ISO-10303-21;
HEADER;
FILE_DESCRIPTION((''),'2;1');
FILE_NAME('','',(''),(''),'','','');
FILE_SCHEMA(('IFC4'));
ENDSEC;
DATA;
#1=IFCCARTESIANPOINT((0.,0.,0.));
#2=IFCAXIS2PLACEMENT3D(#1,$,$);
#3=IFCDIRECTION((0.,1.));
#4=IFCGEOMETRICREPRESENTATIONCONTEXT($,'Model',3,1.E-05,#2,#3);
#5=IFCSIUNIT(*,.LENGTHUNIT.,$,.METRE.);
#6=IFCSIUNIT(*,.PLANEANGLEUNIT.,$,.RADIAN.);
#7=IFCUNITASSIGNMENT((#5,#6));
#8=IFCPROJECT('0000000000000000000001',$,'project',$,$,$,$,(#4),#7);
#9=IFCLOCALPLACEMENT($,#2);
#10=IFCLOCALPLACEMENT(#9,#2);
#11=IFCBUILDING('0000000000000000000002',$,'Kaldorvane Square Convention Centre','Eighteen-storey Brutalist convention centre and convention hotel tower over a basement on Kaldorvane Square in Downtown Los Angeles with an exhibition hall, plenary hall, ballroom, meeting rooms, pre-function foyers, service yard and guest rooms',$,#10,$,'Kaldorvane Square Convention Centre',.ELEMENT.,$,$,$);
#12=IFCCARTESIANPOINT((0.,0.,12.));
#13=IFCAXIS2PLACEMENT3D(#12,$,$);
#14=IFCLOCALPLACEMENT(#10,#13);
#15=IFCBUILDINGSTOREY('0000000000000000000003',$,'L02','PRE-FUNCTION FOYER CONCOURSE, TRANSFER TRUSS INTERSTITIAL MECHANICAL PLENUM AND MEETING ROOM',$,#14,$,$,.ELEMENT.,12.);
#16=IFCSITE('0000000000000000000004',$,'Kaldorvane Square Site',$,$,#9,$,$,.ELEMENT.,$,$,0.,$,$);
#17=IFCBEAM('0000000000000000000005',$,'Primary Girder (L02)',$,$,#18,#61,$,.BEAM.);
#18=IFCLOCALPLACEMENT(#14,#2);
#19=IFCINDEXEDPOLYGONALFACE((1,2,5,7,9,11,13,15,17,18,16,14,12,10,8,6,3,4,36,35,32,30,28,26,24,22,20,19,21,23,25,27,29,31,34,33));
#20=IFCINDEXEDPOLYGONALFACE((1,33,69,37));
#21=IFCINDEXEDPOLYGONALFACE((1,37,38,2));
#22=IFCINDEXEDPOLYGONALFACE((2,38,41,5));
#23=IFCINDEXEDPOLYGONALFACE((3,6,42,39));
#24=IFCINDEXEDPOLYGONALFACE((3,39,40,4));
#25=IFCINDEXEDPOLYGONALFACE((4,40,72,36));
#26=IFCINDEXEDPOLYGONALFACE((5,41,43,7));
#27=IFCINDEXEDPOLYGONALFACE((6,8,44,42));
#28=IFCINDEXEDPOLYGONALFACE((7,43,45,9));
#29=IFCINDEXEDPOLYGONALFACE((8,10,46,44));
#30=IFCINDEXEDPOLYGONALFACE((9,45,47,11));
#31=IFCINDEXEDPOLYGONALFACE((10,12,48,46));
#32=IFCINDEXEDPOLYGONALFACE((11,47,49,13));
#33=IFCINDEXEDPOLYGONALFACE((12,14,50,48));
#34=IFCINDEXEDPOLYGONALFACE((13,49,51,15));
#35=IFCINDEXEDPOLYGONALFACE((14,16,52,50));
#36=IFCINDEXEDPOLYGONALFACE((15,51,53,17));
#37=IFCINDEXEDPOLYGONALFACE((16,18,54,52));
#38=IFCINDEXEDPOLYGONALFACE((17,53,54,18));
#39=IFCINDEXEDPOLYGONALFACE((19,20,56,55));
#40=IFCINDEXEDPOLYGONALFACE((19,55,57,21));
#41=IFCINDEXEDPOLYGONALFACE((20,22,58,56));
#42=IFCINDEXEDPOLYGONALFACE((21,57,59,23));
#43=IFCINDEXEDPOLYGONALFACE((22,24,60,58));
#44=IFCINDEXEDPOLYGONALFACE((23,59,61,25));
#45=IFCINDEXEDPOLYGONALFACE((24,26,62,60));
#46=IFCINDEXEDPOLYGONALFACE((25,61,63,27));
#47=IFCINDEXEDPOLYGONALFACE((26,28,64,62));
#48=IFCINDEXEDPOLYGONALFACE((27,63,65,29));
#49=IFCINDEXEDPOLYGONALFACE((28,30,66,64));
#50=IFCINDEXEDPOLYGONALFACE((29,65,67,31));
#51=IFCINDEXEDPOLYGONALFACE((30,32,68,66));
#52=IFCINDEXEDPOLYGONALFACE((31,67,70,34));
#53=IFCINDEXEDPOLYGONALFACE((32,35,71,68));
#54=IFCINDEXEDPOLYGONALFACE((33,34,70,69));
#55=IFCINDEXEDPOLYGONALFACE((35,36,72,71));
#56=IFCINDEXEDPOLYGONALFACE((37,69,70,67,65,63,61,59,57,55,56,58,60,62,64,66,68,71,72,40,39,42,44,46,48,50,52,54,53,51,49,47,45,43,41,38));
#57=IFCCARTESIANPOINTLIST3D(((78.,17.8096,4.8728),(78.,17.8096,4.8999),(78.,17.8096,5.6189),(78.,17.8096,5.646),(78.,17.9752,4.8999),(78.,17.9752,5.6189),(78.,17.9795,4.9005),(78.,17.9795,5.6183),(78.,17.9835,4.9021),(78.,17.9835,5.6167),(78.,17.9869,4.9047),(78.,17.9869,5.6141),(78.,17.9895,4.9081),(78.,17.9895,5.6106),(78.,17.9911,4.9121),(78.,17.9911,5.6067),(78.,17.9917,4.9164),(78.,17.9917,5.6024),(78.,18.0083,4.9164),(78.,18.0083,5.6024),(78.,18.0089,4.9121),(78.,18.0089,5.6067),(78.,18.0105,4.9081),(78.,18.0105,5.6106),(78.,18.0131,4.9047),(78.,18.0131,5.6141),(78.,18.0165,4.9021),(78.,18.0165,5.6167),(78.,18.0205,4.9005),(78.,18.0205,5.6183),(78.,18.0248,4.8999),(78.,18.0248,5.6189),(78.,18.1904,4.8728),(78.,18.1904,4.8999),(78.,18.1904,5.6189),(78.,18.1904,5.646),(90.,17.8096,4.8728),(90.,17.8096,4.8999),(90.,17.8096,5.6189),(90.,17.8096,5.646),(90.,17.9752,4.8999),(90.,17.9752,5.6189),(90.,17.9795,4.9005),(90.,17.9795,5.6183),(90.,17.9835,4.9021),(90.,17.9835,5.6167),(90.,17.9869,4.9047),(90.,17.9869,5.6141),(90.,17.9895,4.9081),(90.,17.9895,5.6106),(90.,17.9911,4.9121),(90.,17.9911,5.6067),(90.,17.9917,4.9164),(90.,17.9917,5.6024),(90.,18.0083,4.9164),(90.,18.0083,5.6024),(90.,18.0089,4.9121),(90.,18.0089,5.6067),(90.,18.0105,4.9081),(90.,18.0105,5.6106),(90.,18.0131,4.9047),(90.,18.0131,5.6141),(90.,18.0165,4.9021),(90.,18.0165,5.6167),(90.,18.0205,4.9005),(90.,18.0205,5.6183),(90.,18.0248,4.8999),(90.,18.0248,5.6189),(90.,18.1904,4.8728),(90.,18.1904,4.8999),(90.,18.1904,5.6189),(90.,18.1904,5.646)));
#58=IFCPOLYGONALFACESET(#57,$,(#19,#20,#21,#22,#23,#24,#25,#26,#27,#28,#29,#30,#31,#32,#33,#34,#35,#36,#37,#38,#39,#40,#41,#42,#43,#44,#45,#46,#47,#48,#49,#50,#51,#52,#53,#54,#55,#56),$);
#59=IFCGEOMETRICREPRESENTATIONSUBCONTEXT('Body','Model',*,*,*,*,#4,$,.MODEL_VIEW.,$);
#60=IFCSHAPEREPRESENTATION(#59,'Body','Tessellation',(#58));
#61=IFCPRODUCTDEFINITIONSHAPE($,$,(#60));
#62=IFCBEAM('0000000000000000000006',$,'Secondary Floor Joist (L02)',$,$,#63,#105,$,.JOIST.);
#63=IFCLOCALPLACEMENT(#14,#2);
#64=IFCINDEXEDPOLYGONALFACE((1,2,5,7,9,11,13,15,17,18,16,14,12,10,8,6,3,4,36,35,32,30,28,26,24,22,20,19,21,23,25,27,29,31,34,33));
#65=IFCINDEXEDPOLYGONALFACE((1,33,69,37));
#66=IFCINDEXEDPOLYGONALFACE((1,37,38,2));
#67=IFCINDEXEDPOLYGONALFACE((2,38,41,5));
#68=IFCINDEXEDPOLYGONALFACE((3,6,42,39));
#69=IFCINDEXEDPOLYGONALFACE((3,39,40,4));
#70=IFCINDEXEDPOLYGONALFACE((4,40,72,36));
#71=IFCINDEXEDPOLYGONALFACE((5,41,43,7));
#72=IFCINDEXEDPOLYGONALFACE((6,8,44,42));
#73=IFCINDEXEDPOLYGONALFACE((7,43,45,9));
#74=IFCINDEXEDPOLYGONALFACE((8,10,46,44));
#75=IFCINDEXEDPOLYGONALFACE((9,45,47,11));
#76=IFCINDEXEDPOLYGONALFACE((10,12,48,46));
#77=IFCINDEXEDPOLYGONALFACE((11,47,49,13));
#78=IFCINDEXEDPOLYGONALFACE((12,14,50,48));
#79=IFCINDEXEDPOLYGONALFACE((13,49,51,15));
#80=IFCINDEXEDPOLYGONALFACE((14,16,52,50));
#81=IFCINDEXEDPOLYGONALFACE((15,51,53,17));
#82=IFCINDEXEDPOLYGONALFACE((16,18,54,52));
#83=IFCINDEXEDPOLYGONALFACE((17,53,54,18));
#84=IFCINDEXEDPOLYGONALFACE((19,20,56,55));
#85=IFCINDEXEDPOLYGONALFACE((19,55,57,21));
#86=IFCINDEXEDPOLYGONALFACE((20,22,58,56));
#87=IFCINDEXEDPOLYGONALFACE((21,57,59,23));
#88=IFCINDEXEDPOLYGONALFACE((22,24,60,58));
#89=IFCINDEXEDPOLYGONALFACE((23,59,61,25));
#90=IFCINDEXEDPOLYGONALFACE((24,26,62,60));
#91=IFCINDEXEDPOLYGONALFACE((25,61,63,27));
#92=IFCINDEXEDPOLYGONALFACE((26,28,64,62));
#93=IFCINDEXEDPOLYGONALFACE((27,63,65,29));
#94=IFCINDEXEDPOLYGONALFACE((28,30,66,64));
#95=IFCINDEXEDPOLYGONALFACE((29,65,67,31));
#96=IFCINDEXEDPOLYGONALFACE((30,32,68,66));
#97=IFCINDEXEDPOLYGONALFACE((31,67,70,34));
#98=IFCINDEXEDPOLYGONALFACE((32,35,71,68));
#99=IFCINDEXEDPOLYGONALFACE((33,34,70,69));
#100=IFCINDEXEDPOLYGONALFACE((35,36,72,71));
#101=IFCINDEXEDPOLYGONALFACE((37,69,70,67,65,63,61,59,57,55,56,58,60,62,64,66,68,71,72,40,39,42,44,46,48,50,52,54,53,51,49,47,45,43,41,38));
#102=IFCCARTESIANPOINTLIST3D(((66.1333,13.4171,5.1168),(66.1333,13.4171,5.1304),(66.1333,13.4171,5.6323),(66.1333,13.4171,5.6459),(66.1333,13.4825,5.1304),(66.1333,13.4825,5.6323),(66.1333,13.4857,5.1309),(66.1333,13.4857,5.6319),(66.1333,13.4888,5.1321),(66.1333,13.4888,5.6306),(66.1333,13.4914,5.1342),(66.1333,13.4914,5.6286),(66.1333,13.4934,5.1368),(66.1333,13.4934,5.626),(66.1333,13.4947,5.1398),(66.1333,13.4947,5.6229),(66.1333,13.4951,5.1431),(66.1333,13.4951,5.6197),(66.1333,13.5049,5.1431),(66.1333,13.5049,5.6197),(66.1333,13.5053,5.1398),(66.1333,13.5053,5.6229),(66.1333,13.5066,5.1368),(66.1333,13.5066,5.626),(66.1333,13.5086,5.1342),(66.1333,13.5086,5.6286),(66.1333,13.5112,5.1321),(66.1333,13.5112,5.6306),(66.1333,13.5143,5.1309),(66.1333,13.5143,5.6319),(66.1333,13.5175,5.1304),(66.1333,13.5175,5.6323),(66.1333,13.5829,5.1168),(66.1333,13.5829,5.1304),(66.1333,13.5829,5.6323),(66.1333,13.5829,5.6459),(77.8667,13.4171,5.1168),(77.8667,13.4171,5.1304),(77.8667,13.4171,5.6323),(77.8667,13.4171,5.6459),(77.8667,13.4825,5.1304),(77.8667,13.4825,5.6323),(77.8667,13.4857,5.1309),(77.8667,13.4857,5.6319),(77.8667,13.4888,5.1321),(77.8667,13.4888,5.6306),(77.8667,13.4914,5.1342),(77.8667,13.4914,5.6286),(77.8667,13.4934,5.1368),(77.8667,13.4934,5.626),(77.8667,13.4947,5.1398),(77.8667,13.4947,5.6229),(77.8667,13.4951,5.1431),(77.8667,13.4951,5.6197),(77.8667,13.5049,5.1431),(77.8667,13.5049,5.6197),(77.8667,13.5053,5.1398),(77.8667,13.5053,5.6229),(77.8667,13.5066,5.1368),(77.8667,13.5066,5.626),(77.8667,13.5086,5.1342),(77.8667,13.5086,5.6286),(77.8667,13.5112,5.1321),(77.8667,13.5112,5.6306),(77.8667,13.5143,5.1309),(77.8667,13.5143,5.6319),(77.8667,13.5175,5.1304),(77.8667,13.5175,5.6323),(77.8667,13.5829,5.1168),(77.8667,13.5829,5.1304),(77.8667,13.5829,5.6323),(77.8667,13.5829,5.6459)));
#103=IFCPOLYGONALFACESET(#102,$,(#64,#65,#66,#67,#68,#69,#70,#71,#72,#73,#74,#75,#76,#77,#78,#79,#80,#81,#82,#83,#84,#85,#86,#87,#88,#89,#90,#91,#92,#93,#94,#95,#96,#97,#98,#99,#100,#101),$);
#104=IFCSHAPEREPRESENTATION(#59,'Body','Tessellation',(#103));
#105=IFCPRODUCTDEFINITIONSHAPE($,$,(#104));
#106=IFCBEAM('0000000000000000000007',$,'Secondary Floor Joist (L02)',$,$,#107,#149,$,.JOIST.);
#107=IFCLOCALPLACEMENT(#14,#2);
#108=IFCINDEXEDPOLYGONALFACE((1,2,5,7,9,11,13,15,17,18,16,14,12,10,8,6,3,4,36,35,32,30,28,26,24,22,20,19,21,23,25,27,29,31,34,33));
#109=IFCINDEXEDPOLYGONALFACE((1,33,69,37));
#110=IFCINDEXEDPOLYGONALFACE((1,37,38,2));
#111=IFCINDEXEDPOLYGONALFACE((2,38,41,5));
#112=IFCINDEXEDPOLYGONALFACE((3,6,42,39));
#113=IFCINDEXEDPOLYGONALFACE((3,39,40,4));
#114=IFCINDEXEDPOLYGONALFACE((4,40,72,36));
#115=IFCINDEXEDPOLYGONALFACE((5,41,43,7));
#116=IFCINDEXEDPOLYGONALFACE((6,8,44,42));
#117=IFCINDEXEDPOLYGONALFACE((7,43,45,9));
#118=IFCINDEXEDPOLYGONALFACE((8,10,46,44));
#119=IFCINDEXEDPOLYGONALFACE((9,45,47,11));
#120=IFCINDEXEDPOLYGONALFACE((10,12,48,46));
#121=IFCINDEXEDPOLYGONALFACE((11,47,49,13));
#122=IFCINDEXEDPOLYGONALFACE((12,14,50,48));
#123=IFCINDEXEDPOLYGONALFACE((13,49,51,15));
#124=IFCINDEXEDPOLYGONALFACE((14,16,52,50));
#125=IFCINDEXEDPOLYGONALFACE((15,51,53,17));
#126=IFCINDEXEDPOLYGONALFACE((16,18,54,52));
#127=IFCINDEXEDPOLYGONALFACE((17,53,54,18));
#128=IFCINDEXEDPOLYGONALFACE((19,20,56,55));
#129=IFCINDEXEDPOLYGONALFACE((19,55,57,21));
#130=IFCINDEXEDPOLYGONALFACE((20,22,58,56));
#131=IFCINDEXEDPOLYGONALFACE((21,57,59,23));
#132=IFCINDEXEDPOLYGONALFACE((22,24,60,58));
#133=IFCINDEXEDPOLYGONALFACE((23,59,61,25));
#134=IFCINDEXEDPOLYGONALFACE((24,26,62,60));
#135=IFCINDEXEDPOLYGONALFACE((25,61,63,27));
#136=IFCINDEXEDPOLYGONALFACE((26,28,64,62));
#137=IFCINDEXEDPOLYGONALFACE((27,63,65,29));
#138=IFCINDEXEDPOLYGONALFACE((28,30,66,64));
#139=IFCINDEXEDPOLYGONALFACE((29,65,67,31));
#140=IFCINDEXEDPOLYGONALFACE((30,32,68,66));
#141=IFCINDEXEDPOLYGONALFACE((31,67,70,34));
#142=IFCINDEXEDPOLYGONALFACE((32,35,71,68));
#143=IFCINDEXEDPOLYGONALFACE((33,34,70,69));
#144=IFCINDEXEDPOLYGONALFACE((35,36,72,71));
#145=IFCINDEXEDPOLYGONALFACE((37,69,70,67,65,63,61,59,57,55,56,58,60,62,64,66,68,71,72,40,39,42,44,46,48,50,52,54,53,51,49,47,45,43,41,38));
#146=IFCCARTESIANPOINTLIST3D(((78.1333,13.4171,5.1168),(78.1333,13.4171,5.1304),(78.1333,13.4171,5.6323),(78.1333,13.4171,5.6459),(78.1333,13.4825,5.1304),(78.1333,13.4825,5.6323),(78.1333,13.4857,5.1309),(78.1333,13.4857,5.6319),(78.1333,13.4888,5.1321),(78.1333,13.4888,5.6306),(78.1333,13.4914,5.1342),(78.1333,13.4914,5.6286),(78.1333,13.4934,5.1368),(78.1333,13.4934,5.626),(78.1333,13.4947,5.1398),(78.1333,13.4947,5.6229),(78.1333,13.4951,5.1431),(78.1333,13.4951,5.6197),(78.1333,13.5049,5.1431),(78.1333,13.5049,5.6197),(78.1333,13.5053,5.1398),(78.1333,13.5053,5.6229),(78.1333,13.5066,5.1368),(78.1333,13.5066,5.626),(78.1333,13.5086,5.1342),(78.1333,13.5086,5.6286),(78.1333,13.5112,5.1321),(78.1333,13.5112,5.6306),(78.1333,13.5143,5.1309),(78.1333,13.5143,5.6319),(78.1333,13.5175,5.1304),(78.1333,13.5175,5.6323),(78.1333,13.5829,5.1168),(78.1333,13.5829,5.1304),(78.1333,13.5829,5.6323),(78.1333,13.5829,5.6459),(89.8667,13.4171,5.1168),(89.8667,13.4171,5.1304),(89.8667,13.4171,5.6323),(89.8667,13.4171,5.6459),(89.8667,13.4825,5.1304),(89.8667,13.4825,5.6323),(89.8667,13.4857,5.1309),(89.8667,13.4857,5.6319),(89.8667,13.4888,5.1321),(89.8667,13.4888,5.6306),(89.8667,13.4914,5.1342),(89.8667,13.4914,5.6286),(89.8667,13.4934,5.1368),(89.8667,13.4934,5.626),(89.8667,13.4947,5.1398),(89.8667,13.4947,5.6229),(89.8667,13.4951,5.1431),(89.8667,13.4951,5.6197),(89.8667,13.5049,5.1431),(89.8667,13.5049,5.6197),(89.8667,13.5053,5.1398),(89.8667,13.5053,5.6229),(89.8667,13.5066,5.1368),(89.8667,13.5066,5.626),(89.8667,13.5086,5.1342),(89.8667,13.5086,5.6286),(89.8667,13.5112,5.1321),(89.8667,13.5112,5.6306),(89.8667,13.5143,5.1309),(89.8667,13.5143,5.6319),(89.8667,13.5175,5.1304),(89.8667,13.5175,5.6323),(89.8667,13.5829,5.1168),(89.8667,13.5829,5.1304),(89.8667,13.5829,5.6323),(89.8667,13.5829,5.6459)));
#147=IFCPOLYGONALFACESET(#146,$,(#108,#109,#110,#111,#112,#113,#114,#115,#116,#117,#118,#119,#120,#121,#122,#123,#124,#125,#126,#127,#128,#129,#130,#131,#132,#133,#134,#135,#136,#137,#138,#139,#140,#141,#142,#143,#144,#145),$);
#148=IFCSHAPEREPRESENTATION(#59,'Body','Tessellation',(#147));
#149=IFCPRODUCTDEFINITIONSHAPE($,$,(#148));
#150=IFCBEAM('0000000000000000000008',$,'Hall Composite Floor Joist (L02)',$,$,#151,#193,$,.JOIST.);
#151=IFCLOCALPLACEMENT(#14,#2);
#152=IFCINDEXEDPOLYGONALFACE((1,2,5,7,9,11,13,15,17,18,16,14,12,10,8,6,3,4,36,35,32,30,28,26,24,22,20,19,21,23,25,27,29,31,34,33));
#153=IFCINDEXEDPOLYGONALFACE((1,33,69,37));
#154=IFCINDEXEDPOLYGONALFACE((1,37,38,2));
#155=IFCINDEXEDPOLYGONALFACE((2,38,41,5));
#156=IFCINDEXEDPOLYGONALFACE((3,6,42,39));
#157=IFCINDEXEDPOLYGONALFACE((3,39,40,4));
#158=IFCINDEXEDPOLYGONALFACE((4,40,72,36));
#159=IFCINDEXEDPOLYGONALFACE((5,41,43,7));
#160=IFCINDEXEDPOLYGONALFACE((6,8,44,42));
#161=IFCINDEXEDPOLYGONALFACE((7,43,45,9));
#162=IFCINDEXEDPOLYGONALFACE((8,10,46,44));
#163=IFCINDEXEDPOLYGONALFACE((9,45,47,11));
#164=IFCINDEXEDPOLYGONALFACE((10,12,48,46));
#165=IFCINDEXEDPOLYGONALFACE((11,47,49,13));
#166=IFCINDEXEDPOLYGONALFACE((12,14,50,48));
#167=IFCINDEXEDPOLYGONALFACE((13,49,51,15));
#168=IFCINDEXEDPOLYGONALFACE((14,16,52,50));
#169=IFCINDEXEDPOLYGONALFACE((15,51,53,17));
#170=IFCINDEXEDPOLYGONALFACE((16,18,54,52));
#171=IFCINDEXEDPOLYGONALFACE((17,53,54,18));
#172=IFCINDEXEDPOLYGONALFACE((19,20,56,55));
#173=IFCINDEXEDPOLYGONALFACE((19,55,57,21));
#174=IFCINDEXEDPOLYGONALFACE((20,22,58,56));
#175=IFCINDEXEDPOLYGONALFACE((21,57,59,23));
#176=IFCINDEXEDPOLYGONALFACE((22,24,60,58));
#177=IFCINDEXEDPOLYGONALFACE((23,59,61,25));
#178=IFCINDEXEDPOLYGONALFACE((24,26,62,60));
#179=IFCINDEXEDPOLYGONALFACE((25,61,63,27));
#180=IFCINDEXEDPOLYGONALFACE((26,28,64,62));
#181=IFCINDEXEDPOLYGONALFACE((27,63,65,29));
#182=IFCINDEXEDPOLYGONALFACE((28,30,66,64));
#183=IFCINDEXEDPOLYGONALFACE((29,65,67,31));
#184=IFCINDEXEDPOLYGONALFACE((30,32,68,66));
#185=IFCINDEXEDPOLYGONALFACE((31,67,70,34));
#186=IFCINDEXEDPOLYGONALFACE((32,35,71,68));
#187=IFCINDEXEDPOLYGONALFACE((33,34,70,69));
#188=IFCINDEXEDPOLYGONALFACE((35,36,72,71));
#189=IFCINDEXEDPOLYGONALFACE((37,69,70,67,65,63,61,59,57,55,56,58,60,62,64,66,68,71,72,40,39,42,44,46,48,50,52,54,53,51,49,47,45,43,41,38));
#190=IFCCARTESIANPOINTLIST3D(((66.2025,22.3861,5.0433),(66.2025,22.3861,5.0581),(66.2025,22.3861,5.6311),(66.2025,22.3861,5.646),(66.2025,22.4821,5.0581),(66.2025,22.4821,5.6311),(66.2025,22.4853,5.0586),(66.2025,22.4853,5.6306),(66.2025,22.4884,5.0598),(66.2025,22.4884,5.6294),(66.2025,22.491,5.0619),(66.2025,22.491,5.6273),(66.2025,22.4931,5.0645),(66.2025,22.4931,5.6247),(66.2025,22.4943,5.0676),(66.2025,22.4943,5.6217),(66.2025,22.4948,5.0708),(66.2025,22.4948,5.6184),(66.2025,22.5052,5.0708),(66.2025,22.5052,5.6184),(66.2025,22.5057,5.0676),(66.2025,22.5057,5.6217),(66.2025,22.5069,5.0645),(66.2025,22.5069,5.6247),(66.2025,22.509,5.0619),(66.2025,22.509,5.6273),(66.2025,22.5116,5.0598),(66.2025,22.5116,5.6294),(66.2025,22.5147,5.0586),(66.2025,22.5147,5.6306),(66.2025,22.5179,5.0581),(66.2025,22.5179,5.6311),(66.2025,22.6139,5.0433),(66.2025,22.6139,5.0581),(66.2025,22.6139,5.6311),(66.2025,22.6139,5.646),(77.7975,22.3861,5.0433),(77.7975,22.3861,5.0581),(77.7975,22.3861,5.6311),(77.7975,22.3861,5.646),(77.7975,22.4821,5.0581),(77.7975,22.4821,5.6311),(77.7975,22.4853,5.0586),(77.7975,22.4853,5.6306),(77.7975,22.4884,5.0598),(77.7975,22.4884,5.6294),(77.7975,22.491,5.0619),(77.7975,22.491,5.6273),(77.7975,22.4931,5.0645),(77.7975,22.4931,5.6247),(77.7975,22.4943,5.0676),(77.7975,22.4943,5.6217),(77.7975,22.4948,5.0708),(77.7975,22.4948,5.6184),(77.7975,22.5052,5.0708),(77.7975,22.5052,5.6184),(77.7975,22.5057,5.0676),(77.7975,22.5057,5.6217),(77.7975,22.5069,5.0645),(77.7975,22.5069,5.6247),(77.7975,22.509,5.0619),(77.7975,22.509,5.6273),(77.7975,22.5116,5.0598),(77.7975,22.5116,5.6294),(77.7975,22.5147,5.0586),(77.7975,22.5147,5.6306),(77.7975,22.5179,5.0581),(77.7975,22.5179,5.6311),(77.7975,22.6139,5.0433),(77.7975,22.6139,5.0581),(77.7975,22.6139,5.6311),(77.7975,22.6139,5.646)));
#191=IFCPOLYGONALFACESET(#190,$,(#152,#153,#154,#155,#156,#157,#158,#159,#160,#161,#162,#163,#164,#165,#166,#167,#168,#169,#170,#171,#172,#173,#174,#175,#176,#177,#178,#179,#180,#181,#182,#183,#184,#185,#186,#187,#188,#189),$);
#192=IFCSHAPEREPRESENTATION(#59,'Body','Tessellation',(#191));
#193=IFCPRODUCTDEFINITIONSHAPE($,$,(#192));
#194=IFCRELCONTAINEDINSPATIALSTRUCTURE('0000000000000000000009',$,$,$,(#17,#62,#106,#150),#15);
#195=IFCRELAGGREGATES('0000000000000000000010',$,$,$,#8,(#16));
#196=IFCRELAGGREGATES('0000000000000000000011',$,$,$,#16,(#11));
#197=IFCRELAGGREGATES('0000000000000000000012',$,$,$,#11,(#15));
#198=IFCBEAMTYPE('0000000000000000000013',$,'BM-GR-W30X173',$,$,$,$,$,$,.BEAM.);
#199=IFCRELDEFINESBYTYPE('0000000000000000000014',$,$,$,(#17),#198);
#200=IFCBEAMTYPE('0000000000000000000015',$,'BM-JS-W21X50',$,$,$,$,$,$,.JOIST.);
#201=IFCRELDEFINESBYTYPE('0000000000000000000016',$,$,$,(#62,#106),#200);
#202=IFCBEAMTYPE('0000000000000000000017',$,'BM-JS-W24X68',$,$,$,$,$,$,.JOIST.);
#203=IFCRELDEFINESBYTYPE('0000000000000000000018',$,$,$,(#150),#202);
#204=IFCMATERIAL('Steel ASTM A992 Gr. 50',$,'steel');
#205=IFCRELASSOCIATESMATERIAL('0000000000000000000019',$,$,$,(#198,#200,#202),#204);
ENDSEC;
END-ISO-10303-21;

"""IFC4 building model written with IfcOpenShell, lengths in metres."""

from ifc_helpers import new_model, si_unit, direction, frame, origin, origin_2d, place, context, subcontext, project, spatial, i_section, extrude, material, material_profile, profile_set, type_object, element, save


model = new_model("IFC4")

# Units and contexts
model_context = context("Model", 3, precision=1e-05, world=origin(), true_north=direction((0.0, 1.0)))
body_context = subcontext(model_context, "Body", "Model", "MODEL_VIEW")
ifc_project = project(units=[si_unit("LENGTHUNIT", "METRE"), si_unit("PLANEANGLEUNIT", "RADIAN")], contexts=[model_context])

# Site, building, storey
site_placement = place(None, origin())
site = spatial("IfcSite", under=ifc_project, at=site_placement, Name="Kaldorvane Square Site", CompositionType="ELEMENT", RefElevation=0.0)
building_placement = place(site_placement, origin())
building = spatial("IfcBuilding", under=site, at=building_placement, Name="Kaldorvane Square Convention Centre", Description="Eighteen-storey Brutalist convention centre and convention hotel tower over a basement on Kaldorvane Square in Downtown Los Angeles with an exhibition hall, plenary hall, ballroom, meeting rooms, pre-function foyers, service yard and guest rooms", LongName="Kaldorvane Square Convention Centre", CompositionType="ELEMENT")
storey_placement = place(building_placement, frame((0.0, 0.0, 12.0)))
storey = spatial("IfcBuildingStorey", under=building, at=storey_placement, Name="L02", Description="PRE-FUNCTION FOYER CONCOURSE, TRANSFER TRUSS INTERSTITIAL MECHANICAL PLENUM AND MEETING ROOM", CompositionType="ELEMENT", Elevation=12.0)

# Shared definitions
ifc_material_1 = material(Name="Steel ASTM A992 Gr. 50", Category="steel")

# Beams
ifc_material_profile_1 = material_profile(ifc_material_1, i_section(OverallWidth=0.3807, OverallDepth=0.7732, WebThickness=0.0166, FlangeThickness=0.0271, FilletRadius=0.0165, at=origin_2d()), Name="W30X173")
ifc_profile_set_1 = profile_set([ifc_material_profile_1], Name="Steel ASTM A992 Gr. 50")
beam_type_1 = type_object("IfcBeamType", Name="BM-GR-W30X173", PredefinedType="BEAM", material=ifc_profile_set_1)
for number, where, z_axis, x_axis, name in (
    (1, (78.0, 18.0, 5.2594), (1.0, 0.0, 0.0), (0.0, 1.0, 0.0), "Primary Girder (L02)"),
):
    element("IfcBeam", number, at=place(storey_placement, frame(where, z_axis=z_axis, x_axis=x_axis)), inside=storey, type_object=beam_type_1, Name=name, PredefinedType="BEAM", context=body_context, shape_type="SweptSolid", body=[
        extrude(i_section(OverallWidth=0.3807, OverallDepth=0.7732, WebThickness=0.0166, FlangeThickness=0.0271, FilletRadius=0.0165, at=origin_2d()), origin(), (0.0, 0.0, 1.0), 12.0),
    ])
ifc_material_profile_2 = material_profile(ifc_material_1, i_section(OverallWidth=0.1659, OverallDepth=0.5291, WebThickness=0.0097, FlangeThickness=0.0136, FilletRadius=0.0127, at=origin_2d()), Name="W21X50")
ifc_profile_set_2 = profile_set([ifc_material_profile_2], Name="Steel ASTM A992 Gr. 50")
beam_type_2 = type_object("IfcBeamType", Name="BM-JS-W21X50", PredefinedType="JOIST", material=ifc_profile_set_2)
for number, where, z_axis, x_axis, name in (
    (2, (66.1333, 13.5, 5.3814), (1.0, 0.0, 0.0), (0.0, 1.0, 0.0), "Secondary Floor Joist (L02)"),
    (3, (78.1333, 13.5, 5.3814), (1.0, 0.0, 0.0), (0.0, 1.0, 0.0), "Secondary Floor Joist (L02)"),
):
    element("IfcBeam", number, at=place(storey_placement, frame(where, z_axis=z_axis, x_axis=x_axis)), inside=storey, type_object=beam_type_2, Name=name, PredefinedType="JOIST", context=body_context, shape_type="SweptSolid", body=[
        extrude(i_section(OverallWidth=0.1659, OverallDepth=0.5291, WebThickness=0.0097, FlangeThickness=0.0136, FilletRadius=0.0127, at=origin_2d()), origin(), (0.0, 0.0, 1.0), 11.7334),
    ])
ifc_material_profile_3 = material_profile(ifc_material_1, i_section(OverallWidth=0.2277, OverallDepth=0.6027, WebThickness=0.0105, FlangeThickness=0.0149, FilletRadius=0.0127, at=origin_2d()), Name="W24X68")
ifc_profile_set_3 = profile_set([ifc_material_profile_3], Name="Steel ASTM A992 Gr. 50")
beam_type_3 = type_object("IfcBeamType", Name="BM-JS-W24X68", PredefinedType="JOIST", material=ifc_profile_set_3)
for number, where, z_axis, x_axis, name in (
    (4, (66.2025, 22.5, 5.3446), (1.0, 0.0, 0.0), (0.0, 1.0, 0.0), "Hall Composite Floor Joist (L02)"),
):
    element("IfcBeam", number, at=place(storey_placement, frame(where, z_axis=z_axis, x_axis=x_axis)), inside=storey, type_object=beam_type_3, Name=name, PredefinedType="JOIST", context=body_context, shape_type="SweptSolid", body=[
        extrude(i_section(OverallWidth=0.2277, OverallDepth=0.6027, WebThickness=0.0105, FlangeThickness=0.0149, FilletRadius=0.0127, at=origin_2d()), origin(), (0.0, 0.0, 1.0), 11.595),
    ])

save(model, "model.ifc")
